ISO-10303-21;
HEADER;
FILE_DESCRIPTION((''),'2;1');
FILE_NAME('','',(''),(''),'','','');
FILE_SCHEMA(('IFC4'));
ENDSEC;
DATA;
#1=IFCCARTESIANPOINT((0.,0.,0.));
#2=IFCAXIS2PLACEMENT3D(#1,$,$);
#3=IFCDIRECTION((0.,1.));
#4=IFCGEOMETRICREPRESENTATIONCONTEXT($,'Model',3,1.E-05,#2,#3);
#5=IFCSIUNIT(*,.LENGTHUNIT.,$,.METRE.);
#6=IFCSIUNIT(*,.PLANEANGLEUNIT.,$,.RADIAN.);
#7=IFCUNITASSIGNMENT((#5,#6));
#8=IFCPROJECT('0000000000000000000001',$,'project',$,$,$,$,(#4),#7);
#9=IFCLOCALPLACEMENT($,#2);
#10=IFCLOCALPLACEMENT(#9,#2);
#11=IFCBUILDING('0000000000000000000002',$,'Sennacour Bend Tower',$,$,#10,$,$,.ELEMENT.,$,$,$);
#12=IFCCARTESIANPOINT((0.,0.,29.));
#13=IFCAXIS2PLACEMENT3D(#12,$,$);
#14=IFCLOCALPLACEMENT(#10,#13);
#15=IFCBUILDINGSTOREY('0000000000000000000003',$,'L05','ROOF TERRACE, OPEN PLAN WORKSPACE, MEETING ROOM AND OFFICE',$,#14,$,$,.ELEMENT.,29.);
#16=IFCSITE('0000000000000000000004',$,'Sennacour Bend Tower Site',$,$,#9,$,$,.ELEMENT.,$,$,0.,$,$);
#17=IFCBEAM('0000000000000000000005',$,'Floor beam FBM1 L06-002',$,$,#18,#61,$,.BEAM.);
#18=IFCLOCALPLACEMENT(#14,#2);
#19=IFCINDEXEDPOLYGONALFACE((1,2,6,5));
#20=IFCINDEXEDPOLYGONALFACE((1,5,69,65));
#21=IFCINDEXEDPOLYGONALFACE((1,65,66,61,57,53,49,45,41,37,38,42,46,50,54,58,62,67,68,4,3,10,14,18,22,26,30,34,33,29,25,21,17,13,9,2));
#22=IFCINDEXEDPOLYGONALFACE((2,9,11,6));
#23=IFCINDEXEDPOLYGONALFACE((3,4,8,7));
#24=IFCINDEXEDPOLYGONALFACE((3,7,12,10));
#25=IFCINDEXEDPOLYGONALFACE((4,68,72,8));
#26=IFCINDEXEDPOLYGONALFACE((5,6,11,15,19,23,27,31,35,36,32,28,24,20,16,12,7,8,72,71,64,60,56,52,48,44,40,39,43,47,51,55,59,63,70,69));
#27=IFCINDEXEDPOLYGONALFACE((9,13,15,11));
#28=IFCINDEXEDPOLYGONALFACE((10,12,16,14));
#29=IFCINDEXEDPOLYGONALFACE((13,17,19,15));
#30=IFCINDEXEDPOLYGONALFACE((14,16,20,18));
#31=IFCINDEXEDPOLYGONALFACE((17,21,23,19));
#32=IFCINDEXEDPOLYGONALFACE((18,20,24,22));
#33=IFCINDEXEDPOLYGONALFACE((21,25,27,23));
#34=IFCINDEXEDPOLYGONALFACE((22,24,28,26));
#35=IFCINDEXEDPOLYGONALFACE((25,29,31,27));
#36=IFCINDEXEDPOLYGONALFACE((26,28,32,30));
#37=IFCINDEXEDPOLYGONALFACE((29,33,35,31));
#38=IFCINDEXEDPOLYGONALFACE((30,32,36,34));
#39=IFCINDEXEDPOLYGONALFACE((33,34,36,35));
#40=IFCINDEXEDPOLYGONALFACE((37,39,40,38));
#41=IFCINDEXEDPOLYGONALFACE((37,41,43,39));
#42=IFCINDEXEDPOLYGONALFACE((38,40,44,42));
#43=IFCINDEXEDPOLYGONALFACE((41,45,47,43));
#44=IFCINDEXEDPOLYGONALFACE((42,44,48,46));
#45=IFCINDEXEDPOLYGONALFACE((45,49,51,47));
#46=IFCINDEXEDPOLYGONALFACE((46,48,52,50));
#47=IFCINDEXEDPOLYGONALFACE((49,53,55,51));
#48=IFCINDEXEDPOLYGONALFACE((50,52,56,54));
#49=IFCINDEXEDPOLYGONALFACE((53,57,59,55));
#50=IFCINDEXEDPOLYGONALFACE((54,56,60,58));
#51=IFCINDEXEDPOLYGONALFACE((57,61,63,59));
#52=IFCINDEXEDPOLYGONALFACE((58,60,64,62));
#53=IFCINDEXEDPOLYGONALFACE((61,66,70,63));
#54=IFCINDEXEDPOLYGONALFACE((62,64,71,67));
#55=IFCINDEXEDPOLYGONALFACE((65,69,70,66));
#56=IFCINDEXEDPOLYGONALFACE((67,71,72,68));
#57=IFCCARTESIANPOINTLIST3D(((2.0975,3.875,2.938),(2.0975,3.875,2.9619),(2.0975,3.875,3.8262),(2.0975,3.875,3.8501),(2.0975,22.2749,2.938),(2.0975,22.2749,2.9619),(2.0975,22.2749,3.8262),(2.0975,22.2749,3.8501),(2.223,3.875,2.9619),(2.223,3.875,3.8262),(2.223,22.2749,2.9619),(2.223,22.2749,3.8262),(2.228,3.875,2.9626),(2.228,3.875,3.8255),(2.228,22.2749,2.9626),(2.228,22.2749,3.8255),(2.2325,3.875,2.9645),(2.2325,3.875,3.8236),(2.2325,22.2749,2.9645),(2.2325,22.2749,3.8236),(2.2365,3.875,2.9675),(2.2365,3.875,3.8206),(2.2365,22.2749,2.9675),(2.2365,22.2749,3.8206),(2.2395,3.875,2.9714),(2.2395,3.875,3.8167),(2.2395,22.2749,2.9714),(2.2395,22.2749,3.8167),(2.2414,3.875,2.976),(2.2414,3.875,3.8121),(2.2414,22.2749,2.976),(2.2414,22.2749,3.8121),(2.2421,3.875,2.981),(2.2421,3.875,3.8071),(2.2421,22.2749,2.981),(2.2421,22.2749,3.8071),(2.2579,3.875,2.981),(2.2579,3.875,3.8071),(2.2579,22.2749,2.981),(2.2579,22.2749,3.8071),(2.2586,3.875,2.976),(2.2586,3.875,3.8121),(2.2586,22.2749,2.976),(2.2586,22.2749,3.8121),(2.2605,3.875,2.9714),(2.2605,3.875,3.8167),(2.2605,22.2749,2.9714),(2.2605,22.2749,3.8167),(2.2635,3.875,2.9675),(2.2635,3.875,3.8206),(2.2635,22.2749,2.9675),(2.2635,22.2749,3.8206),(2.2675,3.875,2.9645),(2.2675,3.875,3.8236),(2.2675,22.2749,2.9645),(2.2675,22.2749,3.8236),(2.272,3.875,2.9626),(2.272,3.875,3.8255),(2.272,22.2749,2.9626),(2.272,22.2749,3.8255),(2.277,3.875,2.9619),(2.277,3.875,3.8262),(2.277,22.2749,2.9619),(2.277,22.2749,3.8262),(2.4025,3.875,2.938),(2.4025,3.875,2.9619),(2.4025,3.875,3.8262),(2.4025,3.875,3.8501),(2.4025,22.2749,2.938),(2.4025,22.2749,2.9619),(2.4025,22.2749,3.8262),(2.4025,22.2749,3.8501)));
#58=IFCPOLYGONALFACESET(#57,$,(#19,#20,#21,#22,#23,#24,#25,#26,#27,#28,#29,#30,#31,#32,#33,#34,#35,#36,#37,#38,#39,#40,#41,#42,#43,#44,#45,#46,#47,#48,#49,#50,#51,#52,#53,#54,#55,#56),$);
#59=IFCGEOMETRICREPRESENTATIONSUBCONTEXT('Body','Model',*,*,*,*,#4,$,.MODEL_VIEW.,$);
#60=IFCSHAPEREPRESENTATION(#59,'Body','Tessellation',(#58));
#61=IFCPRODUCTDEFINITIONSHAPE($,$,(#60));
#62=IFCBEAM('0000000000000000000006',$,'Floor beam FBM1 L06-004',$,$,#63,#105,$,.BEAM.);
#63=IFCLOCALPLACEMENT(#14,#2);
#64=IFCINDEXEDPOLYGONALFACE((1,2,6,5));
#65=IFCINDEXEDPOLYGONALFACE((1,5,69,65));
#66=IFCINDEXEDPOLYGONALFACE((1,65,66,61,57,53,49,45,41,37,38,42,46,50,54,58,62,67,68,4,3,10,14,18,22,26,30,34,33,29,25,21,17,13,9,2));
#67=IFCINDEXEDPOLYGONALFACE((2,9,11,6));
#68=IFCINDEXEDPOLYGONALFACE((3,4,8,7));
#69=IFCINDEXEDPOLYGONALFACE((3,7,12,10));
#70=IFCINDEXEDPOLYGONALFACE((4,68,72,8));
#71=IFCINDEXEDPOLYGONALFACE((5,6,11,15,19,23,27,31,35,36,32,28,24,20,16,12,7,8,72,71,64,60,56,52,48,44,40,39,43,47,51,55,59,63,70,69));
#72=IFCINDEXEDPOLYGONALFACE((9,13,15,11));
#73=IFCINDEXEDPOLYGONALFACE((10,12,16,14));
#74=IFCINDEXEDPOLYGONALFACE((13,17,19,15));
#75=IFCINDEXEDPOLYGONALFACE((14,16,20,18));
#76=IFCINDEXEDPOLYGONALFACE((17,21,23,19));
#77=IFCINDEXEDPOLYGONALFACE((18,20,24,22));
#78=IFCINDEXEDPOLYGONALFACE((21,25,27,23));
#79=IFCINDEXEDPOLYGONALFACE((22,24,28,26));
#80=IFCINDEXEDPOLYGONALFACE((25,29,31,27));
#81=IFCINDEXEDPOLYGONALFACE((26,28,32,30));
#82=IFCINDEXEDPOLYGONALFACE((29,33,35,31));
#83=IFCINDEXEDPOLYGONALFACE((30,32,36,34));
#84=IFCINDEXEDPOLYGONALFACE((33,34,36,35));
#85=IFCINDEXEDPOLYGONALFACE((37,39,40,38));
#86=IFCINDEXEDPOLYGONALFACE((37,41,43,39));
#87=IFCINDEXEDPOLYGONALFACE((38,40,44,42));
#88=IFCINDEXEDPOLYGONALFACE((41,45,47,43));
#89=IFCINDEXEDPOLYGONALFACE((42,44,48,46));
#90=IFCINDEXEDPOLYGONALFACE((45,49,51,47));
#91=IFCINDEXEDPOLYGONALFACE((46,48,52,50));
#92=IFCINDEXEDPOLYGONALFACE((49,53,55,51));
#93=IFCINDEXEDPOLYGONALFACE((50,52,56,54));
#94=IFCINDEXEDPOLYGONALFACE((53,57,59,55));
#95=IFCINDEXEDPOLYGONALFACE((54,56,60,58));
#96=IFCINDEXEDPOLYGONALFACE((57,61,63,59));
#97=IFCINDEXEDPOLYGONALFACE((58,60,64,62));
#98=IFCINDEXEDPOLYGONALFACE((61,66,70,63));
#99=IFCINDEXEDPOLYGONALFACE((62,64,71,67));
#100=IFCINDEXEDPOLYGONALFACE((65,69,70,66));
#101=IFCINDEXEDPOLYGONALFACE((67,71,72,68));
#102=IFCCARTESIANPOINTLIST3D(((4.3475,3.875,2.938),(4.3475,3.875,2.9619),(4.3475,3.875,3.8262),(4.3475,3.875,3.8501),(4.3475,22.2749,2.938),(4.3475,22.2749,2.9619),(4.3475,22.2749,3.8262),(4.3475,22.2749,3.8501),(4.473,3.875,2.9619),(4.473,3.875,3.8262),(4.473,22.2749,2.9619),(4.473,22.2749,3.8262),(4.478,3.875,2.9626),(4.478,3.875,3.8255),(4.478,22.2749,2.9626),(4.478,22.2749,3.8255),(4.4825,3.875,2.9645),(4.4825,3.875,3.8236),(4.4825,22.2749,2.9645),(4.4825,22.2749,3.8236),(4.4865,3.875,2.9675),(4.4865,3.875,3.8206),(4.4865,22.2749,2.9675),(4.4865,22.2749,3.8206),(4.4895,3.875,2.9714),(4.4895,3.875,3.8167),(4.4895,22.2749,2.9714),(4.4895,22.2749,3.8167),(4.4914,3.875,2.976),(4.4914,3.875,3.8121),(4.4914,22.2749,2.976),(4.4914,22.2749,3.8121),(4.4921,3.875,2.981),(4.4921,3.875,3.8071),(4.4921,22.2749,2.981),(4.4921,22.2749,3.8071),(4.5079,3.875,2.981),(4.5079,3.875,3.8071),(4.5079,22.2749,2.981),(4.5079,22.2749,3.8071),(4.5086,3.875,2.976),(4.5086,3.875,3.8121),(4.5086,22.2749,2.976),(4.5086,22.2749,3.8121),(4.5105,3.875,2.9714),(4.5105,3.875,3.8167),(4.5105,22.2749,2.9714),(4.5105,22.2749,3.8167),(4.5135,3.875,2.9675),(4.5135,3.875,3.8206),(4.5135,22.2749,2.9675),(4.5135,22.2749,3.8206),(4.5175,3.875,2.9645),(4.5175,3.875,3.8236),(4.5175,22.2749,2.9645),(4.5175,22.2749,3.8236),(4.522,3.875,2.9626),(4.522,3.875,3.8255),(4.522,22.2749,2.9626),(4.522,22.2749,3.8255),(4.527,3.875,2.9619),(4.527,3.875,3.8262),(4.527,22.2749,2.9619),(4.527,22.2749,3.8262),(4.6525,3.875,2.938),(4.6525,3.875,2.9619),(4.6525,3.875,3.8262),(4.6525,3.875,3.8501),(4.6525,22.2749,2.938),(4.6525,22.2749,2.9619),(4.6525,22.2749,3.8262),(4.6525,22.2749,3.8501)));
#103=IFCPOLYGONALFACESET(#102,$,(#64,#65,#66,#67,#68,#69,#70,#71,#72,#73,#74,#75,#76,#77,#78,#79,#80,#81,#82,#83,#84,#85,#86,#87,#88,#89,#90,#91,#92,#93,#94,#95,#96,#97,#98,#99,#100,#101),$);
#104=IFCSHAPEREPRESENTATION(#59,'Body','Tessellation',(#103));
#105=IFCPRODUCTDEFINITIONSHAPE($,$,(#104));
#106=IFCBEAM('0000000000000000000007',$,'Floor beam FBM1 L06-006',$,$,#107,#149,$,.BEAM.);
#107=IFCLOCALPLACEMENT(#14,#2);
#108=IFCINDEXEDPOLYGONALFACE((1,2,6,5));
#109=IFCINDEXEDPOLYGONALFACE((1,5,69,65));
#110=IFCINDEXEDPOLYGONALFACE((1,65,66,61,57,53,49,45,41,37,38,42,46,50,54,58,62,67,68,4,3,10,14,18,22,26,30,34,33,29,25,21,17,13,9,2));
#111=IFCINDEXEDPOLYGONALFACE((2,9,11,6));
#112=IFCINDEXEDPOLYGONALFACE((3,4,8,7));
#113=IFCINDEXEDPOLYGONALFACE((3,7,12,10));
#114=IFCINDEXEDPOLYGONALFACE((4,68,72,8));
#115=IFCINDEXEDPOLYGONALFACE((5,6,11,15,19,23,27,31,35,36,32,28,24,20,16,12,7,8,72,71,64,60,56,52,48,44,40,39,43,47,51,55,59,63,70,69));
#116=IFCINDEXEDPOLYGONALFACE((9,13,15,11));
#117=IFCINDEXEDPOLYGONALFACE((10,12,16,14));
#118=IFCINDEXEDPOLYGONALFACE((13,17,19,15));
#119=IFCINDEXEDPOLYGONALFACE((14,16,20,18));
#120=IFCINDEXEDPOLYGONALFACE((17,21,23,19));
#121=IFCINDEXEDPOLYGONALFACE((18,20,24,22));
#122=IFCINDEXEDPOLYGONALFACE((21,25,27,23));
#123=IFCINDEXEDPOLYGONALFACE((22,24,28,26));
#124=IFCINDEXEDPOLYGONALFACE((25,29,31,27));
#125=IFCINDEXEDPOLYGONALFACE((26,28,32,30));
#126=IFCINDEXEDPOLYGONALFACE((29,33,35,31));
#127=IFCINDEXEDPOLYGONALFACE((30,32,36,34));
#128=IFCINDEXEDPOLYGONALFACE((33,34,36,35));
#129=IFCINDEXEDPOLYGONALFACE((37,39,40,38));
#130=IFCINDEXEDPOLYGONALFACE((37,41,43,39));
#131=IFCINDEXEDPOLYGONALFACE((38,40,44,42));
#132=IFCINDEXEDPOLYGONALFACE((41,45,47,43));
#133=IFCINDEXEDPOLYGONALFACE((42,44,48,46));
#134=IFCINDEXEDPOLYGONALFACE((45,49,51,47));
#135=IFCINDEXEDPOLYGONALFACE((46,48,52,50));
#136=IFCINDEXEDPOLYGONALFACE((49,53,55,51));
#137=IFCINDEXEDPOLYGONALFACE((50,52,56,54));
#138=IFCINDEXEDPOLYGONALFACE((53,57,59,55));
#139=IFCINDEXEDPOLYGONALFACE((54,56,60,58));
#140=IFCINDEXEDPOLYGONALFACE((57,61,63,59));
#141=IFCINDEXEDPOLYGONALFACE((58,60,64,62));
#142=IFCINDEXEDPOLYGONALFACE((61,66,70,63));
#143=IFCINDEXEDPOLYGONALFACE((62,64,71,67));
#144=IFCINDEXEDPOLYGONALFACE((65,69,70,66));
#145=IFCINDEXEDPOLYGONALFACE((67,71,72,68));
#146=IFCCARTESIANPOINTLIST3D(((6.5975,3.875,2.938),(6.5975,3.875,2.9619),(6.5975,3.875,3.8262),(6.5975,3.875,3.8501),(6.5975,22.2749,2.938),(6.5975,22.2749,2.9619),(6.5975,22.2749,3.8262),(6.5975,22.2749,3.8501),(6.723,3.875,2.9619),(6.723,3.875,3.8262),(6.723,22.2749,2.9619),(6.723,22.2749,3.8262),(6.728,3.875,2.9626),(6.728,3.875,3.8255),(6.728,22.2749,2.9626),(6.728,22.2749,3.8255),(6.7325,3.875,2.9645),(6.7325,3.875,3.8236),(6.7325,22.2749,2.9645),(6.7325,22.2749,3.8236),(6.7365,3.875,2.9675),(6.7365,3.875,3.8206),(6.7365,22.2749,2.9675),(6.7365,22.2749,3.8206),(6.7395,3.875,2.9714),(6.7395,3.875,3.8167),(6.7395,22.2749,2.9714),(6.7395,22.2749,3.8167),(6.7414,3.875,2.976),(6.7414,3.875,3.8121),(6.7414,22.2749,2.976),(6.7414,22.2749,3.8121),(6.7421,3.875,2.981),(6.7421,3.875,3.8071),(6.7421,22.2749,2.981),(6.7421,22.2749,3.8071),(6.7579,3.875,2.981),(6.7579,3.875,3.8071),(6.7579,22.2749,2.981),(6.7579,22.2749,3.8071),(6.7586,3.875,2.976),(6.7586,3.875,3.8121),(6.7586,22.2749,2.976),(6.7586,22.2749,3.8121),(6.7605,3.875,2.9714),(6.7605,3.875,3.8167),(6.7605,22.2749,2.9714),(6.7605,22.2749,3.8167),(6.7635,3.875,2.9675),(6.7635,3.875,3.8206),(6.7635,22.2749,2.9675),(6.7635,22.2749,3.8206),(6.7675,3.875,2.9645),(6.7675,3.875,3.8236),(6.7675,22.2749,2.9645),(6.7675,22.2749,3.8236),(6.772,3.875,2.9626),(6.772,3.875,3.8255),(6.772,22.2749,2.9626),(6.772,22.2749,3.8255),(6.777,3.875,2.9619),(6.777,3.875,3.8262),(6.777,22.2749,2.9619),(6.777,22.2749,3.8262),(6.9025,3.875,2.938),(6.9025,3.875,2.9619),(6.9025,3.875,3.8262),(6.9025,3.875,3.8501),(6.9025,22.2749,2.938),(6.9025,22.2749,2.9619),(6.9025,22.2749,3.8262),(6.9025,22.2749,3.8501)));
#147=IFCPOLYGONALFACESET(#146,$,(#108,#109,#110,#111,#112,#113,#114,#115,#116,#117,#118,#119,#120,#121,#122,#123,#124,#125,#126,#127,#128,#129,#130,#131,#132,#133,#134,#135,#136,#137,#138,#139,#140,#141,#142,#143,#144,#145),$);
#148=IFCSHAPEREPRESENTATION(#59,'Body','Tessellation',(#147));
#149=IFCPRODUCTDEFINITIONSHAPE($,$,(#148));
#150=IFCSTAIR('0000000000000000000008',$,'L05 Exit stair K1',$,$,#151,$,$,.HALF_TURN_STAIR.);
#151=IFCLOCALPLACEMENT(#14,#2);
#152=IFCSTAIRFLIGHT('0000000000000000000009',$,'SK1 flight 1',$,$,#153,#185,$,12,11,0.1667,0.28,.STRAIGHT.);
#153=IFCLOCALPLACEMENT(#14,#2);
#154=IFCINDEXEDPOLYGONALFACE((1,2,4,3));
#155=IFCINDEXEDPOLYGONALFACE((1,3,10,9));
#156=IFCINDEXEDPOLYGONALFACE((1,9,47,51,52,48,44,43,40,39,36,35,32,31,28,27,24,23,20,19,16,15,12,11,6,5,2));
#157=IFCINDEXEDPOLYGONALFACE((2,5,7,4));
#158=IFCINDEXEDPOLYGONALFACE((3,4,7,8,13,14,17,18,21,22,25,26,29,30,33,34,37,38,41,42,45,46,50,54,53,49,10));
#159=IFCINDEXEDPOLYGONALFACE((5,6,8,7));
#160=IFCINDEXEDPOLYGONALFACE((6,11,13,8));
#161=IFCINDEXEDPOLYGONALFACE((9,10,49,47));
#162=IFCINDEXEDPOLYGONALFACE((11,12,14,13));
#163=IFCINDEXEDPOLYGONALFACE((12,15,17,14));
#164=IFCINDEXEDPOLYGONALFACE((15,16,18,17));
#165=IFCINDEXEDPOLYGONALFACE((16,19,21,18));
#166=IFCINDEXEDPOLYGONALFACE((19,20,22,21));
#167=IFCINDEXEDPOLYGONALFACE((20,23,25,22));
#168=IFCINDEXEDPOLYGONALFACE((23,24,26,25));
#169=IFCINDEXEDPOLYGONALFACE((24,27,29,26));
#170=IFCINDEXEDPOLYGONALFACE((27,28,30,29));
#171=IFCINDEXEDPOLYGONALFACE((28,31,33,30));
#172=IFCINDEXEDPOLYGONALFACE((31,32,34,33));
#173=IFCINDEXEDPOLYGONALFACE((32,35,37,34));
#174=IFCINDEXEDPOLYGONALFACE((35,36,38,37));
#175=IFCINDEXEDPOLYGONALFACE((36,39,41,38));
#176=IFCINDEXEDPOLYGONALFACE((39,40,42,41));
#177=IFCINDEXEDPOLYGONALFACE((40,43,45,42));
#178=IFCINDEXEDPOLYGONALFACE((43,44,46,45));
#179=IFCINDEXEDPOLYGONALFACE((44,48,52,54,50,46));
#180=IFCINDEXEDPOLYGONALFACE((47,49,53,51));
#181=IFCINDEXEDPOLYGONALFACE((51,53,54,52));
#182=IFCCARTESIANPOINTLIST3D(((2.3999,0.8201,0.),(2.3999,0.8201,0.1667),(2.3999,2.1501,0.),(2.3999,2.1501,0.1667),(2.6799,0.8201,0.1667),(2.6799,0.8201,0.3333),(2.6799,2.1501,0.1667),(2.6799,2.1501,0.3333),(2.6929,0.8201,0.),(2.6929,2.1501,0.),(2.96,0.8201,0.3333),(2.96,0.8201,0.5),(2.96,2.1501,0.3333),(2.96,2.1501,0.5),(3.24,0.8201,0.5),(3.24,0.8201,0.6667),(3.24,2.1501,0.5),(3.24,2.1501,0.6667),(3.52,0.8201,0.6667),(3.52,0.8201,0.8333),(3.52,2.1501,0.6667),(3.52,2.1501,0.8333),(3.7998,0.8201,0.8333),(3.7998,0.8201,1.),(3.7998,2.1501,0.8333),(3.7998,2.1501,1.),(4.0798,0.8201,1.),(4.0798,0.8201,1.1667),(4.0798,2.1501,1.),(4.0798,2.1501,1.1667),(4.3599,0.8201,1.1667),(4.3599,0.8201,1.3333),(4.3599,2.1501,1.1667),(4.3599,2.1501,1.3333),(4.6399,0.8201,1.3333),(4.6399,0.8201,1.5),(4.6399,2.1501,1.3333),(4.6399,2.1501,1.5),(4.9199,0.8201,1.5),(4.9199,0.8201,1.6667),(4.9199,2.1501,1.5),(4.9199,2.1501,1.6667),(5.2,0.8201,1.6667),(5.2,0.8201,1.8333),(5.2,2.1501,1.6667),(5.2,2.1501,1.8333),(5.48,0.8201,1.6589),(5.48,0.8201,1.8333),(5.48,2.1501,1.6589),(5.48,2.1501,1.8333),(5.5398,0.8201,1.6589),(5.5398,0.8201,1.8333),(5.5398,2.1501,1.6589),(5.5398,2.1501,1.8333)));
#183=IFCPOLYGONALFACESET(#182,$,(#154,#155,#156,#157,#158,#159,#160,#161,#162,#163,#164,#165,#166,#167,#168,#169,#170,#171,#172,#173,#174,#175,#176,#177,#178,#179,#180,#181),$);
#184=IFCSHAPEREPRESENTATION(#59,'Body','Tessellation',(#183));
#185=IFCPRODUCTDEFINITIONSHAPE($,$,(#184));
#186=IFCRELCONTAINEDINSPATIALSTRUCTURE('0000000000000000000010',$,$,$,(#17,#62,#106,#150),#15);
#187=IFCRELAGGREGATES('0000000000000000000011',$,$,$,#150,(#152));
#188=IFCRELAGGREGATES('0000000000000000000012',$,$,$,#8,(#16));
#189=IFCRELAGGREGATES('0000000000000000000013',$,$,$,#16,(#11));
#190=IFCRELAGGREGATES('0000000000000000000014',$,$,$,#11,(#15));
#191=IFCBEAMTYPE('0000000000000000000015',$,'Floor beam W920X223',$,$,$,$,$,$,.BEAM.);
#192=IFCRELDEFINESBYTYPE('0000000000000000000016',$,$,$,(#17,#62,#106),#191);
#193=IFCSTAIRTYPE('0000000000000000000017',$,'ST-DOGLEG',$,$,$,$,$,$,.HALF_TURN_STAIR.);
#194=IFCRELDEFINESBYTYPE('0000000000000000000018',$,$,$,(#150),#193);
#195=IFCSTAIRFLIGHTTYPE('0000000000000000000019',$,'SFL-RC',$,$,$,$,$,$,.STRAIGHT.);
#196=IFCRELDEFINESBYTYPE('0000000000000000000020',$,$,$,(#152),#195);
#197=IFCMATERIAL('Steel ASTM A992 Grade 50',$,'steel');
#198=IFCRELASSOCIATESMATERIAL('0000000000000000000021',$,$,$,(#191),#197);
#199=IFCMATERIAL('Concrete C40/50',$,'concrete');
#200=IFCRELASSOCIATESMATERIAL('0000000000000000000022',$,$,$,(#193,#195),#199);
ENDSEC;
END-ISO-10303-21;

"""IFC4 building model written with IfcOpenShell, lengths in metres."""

from ifc_helpers import new_model, si_unit, direction, frame, origin, origin_2d, place, context, subcontext, project, spatial, polyline, i_section, outline, extrude, material, material_profile, profile_set, type_object, element, aggregate, save


model = new_model("IFC4")

# Units and contexts
model_context = context("Model", 3, precision=1e-05, world=origin(), true_north=direction((0.0, 1.0)))
body_context = subcontext(model_context, "Body", "Model", "MODEL_VIEW")
ifc_project = project(units=[si_unit("LENGTHUNIT", "METRE"), si_unit("PLANEANGLEUNIT", "RADIAN")], contexts=[model_context])

# Site, building, storey
site_placement = place(None, origin())
site = spatial("IfcSite", under=ifc_project, at=site_placement, Name="Sennacour Bend Tower Site", CompositionType="ELEMENT", RefElevation=0.0)
building_placement = place(site_placement, origin())
building = spatial("IfcBuilding", under=site, at=building_placement, Name="Sennacour Bend Tower", CompositionType="ELEMENT")
storey_placement = place(building_placement, frame((0.0, 0.0, 29.0)))
storey = spatial("IfcBuildingStorey", under=building, at=storey_placement, Name="L05", Description="ROOF TERRACE, OPEN PLAN WORKSPACE, MEETING ROOM AND OFFICE", CompositionType="ELEMENT", Elevation=29.0)

# Beams
ifc_material_1 = material(Name="Steel ASTM A992 Grade 50", Category="steel")
ifc_material_profile = material_profile(ifc_material_1, i_section(OverallWidth=0.3049, OverallDepth=0.9121, WebThickness=0.0159, FlangeThickness=0.0239, FilletRadius=0.019, at=origin_2d()), Name="Steel ASTM A992 Grade 50", Category="steel")
ifc_profile_set = profile_set([ifc_material_profile], Name="Steel ASTM A992 Grade 50")
beam_type = type_object("IfcBeamType", Name="Floor beam W920X223", PredefinedType="BEAM", material=ifc_profile_set)
for number, where, z_axis, x_axis, name in (
    (1, (2.25, 3.875, 3.394), (0.0, 1.0, 0.0), (-1.0, 0.0, 0.0), "Floor beam FBM1 L06-002"),
    (2, (4.5, 3.875, 3.394), (0.0, 1.0, 0.0), (-1.0, 0.0, 0.0), "Floor beam FBM1 L06-004"),
    (3, (6.75, 3.875, 3.394), (0.0, 1.0, 0.0), (-1.0, 0.0, 0.0), "Floor beam FBM1 L06-006"),
):
    element("IfcBeam", number, at=place(storey_placement, frame(where, z_axis=z_axis, x_axis=x_axis)), inside=storey, type_object=beam_type, Name=name, PredefinedType="BEAM", context=body_context, shape_type="SweptSolid", body=[
        extrude(i_section(OverallWidth=0.3049, OverallDepth=0.9121, WebThickness=0.0159, FlangeThickness=0.0239, FilletRadius=0.019, at=origin_2d()), origin(), (0.0, 0.0, 1.0), 18.3999),
    ])

# Stair, stair flight
ifc_material_2 = material(Name="Concrete C40/50", Category="concrete")
stair_type = type_object("IfcStairType", Name="ST-DOGLEG", PredefinedType="HALF_TURN_STAIR", material=ifc_material_2)
stair_placement = place(storey_placement, origin())
stair = element("IfcStair", 4, at=stair_placement, inside=storey, type_object=stair_type, Name="L05 Exit stair K1", PredefinedType="HALF_TURN_STAIR")
stair_flight_type = type_object("IfcStairFlightType", Name="SFL-RC", PredefinedType="STRAIGHT", material=ifc_material_2)
stair_flight_1_placement = place(storey_placement, frame((2.3999, 1.4851, 0.0), z_axis=(0.0, 0.0, 1.0), x_axis=(1.0, 0.0, 0.0)))
stair_flight_1 = element("IfcStairFlight", 5, at=stair_flight_1_placement, type_object=stair_flight_type, Name="SK1 flight 1", NumberOfRisers=12, NumberOfTreads=11, PredefinedType="STRAIGHT", RiserHeight=0.1667, TreadLength=0.28, context=body_context, shape_type="SweptSolid", body=[
    extrude(outline(polyline([(0.0, 0.0), (0.0, 0.1667), (0.28, 0.1667), (0.28, 0.3333), (0.5601, 0.3333), (0.5601, 0.5), (0.8401, 0.5), (0.8401, 0.6667), (1.1201, 0.6667), (1.1201, 0.8333), (1.3999, 0.8333), (1.3999, 1.0), (1.6799, 1.0), (1.6799, 1.1667), (1.96, 1.1667), (1.96, 1.3333), (2.24, 1.3333), (2.24, 1.5), (2.52, 1.5), (2.52, 1.6667), (2.8, 1.6667), (2.8, 1.8333), (3.0801, 1.8333), (3.1399, 1.8333), (3.1399, 1.6589), (3.0801, 1.6589), (0.293, 0.0), (0.0, 0.0)])), frame((0.0, 0.665, 0.0), z_axis=(0.0, -1.0, 0.0), x_axis=(1.0, 0.0, 0.0)), (0.0, 0.0, 1.0), 1.3301),
])
aggregate(stair, [stair_flight_1])

save(model, "model.ifc")
